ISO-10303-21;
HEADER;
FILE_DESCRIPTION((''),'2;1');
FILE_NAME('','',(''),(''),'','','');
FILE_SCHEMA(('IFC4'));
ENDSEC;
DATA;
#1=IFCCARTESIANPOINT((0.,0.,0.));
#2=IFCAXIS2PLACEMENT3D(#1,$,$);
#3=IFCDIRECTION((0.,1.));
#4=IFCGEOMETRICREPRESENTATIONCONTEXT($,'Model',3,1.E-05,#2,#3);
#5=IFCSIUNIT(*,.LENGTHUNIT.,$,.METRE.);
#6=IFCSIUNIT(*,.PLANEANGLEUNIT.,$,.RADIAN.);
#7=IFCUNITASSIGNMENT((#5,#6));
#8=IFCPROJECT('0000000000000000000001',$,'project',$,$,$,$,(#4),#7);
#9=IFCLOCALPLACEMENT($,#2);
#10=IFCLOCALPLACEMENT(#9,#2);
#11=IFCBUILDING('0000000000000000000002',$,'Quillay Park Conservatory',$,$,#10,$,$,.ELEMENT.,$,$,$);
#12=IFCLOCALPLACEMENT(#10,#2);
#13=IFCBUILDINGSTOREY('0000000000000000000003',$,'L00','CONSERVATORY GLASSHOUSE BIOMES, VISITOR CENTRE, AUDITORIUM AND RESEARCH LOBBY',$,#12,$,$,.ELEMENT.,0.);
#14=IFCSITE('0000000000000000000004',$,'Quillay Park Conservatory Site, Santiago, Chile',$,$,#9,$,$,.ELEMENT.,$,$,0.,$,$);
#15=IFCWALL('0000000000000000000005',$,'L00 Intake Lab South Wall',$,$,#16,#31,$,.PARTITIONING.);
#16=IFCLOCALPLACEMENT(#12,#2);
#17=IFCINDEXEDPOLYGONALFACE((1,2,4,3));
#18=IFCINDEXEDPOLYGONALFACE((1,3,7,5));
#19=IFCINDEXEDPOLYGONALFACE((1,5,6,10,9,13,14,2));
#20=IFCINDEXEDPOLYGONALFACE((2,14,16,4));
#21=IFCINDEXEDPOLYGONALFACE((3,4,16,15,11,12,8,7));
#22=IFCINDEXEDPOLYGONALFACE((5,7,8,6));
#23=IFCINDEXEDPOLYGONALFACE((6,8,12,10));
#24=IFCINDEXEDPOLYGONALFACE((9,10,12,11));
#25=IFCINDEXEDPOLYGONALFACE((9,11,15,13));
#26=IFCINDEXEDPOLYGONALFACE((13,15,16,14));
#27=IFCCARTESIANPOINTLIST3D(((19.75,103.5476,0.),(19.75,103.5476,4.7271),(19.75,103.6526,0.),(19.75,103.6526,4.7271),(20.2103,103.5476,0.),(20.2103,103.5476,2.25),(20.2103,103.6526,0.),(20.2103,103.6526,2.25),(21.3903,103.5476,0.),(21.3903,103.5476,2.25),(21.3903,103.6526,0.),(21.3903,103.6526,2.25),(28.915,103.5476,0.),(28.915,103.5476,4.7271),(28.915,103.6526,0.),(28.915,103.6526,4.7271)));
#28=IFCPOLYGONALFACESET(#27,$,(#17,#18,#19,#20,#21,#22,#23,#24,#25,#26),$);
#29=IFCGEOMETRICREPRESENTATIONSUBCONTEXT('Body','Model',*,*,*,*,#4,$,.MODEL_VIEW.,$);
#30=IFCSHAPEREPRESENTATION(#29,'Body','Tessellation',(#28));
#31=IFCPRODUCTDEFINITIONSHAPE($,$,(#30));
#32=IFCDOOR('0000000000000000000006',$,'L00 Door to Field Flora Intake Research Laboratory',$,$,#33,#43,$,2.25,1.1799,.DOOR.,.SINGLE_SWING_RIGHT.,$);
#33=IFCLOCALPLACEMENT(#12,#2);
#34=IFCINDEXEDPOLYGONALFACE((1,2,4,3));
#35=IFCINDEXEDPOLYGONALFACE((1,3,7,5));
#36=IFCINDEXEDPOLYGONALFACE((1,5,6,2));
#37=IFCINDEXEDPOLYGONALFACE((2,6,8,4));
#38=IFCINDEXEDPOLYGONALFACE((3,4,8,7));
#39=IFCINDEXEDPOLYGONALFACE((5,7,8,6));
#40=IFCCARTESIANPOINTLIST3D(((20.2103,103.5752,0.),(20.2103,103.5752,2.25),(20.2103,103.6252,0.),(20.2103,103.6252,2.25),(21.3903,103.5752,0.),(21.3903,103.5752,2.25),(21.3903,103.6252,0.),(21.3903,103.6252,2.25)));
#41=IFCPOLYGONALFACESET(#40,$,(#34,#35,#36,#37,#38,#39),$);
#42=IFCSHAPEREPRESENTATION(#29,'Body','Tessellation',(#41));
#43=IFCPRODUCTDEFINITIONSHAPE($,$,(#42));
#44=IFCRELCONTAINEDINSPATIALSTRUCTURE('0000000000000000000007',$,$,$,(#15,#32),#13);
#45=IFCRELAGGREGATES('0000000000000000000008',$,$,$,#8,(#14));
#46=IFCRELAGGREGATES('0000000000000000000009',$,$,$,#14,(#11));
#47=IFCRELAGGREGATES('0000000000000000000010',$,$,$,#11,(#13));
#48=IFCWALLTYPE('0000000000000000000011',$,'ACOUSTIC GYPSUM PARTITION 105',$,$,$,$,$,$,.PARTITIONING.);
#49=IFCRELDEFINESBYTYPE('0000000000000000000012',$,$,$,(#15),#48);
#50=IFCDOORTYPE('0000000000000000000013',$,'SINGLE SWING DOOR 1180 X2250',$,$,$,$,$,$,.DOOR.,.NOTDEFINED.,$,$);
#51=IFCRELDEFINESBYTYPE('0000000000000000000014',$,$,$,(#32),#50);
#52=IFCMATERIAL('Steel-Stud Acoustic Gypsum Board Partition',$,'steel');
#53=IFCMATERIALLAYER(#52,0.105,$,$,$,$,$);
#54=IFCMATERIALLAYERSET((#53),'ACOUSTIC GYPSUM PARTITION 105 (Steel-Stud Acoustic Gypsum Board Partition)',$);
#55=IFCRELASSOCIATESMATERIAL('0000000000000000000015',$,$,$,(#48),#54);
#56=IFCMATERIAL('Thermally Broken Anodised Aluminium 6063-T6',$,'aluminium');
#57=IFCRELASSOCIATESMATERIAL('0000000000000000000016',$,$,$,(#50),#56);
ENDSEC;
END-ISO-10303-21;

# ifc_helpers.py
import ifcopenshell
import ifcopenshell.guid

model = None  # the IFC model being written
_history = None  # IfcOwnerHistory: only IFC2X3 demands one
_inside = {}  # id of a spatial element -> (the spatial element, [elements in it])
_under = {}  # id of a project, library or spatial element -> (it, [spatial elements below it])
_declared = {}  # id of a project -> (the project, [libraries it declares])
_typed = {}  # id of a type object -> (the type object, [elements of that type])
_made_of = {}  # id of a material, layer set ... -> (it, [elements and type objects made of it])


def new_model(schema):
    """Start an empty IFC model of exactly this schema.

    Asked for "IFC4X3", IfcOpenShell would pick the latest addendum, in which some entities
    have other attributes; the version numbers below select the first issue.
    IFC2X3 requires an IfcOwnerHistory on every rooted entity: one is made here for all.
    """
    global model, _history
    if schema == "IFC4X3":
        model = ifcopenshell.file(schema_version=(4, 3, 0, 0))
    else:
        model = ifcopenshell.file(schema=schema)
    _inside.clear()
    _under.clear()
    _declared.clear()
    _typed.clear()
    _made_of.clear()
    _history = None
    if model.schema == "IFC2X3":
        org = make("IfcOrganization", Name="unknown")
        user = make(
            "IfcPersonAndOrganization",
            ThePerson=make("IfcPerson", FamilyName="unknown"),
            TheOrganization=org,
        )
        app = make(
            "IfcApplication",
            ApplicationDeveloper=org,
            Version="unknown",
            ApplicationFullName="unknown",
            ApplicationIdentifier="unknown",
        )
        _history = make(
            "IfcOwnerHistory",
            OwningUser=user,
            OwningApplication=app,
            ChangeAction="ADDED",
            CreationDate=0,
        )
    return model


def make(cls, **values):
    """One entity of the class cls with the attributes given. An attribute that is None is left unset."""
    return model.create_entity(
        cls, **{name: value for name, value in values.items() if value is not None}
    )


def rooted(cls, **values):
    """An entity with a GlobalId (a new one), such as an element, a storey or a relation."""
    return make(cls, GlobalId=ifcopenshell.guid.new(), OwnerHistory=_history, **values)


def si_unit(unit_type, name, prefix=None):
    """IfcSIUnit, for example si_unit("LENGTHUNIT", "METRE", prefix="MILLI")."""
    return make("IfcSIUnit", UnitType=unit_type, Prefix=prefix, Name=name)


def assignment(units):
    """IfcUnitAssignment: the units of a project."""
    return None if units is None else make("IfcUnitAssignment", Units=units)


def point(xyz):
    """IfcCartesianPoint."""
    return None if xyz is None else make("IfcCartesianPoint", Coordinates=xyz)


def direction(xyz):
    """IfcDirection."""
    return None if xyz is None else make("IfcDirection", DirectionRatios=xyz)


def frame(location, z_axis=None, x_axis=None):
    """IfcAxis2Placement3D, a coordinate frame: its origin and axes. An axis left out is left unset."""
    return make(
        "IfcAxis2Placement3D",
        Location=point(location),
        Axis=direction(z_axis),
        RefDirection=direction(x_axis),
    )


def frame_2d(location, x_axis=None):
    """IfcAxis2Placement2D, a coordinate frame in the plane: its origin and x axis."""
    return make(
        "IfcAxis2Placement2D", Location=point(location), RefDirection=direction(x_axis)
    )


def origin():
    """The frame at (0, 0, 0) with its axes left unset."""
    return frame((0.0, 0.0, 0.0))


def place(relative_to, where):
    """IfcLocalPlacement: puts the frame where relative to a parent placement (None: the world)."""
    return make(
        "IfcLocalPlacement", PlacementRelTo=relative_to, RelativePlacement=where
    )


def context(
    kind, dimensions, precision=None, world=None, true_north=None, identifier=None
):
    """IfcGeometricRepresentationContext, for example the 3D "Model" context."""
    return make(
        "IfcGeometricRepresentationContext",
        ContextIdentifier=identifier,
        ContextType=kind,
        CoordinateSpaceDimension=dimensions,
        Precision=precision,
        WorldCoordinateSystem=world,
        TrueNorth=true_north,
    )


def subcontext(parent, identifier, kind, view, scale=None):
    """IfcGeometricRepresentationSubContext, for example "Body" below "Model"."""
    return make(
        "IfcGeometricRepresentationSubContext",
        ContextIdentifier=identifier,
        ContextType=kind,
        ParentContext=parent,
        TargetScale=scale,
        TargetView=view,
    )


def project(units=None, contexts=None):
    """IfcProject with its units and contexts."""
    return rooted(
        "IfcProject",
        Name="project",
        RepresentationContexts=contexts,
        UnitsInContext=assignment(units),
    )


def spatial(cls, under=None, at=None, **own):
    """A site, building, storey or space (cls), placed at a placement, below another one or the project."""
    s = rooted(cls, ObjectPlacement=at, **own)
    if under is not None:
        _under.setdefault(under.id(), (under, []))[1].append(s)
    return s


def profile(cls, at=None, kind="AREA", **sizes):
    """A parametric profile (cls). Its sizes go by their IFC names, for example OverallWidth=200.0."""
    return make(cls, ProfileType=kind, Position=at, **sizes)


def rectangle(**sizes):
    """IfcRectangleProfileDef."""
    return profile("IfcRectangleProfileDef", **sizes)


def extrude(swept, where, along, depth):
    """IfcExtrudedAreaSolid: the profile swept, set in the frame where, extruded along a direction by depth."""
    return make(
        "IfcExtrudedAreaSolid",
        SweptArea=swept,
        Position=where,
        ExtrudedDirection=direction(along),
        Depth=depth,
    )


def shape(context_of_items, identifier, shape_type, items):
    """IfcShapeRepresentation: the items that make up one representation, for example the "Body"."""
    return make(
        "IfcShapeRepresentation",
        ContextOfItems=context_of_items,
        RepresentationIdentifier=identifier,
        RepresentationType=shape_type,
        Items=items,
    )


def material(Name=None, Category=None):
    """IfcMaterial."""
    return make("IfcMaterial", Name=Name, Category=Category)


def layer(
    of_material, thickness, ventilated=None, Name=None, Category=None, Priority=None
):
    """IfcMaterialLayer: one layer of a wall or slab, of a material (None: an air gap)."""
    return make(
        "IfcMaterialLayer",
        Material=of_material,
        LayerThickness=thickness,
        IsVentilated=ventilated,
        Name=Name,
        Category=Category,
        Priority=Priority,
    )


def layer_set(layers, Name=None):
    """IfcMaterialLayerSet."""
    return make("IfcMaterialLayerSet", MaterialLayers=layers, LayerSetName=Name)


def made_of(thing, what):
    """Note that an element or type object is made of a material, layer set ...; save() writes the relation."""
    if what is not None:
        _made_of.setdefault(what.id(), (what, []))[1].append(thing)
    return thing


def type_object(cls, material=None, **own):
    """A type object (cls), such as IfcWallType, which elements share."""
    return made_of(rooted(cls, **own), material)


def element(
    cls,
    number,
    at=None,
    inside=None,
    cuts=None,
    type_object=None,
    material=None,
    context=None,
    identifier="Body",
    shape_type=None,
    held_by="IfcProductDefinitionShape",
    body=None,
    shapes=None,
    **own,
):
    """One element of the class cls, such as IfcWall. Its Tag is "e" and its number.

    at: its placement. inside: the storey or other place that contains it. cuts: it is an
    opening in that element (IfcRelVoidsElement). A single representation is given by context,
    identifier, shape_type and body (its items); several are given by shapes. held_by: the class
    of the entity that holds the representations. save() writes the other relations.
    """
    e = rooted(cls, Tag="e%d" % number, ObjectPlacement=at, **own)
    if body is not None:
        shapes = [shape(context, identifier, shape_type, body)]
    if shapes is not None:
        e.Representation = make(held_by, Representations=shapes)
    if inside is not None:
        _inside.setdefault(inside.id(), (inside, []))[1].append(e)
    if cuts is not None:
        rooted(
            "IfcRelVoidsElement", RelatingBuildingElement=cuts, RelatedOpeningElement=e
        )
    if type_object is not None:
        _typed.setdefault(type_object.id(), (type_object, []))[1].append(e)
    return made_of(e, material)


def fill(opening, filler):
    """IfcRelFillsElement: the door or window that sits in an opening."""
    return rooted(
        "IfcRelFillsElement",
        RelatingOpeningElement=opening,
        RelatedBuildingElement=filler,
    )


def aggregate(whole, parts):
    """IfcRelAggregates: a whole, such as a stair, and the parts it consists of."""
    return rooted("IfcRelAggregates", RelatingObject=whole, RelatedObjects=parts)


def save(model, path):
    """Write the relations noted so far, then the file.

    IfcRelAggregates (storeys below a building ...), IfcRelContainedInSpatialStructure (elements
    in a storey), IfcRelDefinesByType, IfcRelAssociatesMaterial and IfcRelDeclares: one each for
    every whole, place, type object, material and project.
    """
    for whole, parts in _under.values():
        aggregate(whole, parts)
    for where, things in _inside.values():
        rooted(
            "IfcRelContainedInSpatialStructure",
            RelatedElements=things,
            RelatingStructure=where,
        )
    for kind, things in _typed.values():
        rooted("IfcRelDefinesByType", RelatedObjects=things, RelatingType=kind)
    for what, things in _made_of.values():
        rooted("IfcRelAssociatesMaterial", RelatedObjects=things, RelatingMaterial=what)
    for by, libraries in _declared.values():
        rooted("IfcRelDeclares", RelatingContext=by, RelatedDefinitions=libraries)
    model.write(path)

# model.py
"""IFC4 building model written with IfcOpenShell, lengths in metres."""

from ifc_helpers import new_model, si_unit, direction, frame, frame_2d, origin, place, context, subcontext, project, spatial, rectangle, extrude, material, layer, layer_set, type_object, element, fill, save


model = new_model("IFC4")

# Units and contexts
model_context = context("Model", 3, precision=1e-05, world=origin(), true_north=direction((0.0, 1.0)))
body_context = subcontext(model_context, "Body", "Model", "MODEL_VIEW")
ifc_project = project(units=[si_unit("LENGTHUNIT", "METRE"), si_unit("PLANEANGLEUNIT", "RADIAN")], contexts=[model_context])

# Site, building, storey
site_placement = place(None, origin())
site = spatial("IfcSite", under=ifc_project, at=site_placement, Name="Quillay Park Conservatory Site, Santiago, Chile", CompositionType="ELEMENT", RefElevation=0.0)
building_placement = place(site_placement, origin())
building = spatial("IfcBuilding", under=site, at=building_placement, Name="Quillay Park Conservatory", CompositionType="ELEMENT")
storey_placement = place(building_placement, origin())
storey = spatial("IfcBuildingStorey", under=building, at=storey_placement, Name="L00", Description="CONSERVATORY GLASSHOUSE BIOMES, VISITOR CENTRE, AUDITORIUM AND RESEARCH LOBBY", CompositionType="ELEMENT", Elevation=0.0)

# Wall, opening, door
ifc_material_1 = material(Name="Steel-Stud Acoustic Gypsum Board Partition", Category="steel")
ifc_layer_1 = layer(ifc_material_1, 0.105)
ifc_layer_set_1 = layer_set([ifc_layer_1], Name="ACOUSTIC GYPSUM PARTITION 105 (Steel-Stud Acoustic Gypsum Board Partition)")
wall_type_1 = type_object("IfcWallType", Name="ACOUSTIC GYPSUM PARTITION 105", PredefinedType="PARTITIONING", material=ifc_layer_set_1)
wall_1_placement = place(storey_placement, frame((28.915, 103.6001, 0.0), z_axis=(0.0, 0.0, 1.0), x_axis=(-1.0, 0.0, 0.0)))
wall_1 = element("IfcWall", 1, at=wall_1_placement, inside=storey, type_object=wall_type_1, Name="L00 Intake Lab South Wall", PredefinedType="PARTITIONING", context=body_context, shape_type="SweptSolid", body=[
    extrude(rectangle(XDim=9.165, YDim=0.105, at=frame_2d((4.5825, 0.0))), origin(), (0.0, 0.0, 1.0), 4.7271),
])
opening_1_placement = place(wall_1_placement, frame((7.5249, 0.0, 0.0)))
opening_1 = element("IfcOpeningElement", 2, at=opening_1_placement, cuts=wall_1, PredefinedType="OPENING", context=body_context, shape_type="SweptSolid", body=[
    extrude(rectangle(XDim=1.1799, YDim=2.25, at=frame_2d((0.5898, 1.125))), frame((0.0, 0.0525, 0.0), z_axis=(0.0, -1.0, 0.0), x_axis=(1.0, 0.0, 0.0)), (0.0, 0.0, 1.0), 0.105),
])
ifc_material_2 = material(Name="Thermally Broken Anodised Aluminium 6063-T6", Category="aluminium")
door_type_1 = type_object("IfcDoorType", Name="SINGLE SWING DOOR 1180 X2250", OperationType="NOTDEFINED", PredefinedType="DOOR", material=ifc_material_2)
door_1_placement = place(opening_1_placement, origin())
door_1 = element("IfcDoor", 3, at=door_1_placement, inside=storey, type_object=door_type_1, Name="L00 Door to Field Flora Intake Research Laboratory", OperationType="SINGLE_SWING_RIGHT", OverallHeight=2.25, OverallWidth=1.1799, PredefinedType="DOOR", context=body_context, shape_type="SweptSolid", body=[
    extrude(rectangle(XDim=1.1799, YDim=2.25, at=frame_2d((0.5898, 1.125))), frame((0.0, 0.0249, 0.0), z_axis=(0.0, -1.0, 0.0), x_axis=(1.0, 0.0, 0.0)), (0.0, 0.0, 1.0), 0.05),
])
fill(opening_1, door_1)

save(model, "model.ifc")
